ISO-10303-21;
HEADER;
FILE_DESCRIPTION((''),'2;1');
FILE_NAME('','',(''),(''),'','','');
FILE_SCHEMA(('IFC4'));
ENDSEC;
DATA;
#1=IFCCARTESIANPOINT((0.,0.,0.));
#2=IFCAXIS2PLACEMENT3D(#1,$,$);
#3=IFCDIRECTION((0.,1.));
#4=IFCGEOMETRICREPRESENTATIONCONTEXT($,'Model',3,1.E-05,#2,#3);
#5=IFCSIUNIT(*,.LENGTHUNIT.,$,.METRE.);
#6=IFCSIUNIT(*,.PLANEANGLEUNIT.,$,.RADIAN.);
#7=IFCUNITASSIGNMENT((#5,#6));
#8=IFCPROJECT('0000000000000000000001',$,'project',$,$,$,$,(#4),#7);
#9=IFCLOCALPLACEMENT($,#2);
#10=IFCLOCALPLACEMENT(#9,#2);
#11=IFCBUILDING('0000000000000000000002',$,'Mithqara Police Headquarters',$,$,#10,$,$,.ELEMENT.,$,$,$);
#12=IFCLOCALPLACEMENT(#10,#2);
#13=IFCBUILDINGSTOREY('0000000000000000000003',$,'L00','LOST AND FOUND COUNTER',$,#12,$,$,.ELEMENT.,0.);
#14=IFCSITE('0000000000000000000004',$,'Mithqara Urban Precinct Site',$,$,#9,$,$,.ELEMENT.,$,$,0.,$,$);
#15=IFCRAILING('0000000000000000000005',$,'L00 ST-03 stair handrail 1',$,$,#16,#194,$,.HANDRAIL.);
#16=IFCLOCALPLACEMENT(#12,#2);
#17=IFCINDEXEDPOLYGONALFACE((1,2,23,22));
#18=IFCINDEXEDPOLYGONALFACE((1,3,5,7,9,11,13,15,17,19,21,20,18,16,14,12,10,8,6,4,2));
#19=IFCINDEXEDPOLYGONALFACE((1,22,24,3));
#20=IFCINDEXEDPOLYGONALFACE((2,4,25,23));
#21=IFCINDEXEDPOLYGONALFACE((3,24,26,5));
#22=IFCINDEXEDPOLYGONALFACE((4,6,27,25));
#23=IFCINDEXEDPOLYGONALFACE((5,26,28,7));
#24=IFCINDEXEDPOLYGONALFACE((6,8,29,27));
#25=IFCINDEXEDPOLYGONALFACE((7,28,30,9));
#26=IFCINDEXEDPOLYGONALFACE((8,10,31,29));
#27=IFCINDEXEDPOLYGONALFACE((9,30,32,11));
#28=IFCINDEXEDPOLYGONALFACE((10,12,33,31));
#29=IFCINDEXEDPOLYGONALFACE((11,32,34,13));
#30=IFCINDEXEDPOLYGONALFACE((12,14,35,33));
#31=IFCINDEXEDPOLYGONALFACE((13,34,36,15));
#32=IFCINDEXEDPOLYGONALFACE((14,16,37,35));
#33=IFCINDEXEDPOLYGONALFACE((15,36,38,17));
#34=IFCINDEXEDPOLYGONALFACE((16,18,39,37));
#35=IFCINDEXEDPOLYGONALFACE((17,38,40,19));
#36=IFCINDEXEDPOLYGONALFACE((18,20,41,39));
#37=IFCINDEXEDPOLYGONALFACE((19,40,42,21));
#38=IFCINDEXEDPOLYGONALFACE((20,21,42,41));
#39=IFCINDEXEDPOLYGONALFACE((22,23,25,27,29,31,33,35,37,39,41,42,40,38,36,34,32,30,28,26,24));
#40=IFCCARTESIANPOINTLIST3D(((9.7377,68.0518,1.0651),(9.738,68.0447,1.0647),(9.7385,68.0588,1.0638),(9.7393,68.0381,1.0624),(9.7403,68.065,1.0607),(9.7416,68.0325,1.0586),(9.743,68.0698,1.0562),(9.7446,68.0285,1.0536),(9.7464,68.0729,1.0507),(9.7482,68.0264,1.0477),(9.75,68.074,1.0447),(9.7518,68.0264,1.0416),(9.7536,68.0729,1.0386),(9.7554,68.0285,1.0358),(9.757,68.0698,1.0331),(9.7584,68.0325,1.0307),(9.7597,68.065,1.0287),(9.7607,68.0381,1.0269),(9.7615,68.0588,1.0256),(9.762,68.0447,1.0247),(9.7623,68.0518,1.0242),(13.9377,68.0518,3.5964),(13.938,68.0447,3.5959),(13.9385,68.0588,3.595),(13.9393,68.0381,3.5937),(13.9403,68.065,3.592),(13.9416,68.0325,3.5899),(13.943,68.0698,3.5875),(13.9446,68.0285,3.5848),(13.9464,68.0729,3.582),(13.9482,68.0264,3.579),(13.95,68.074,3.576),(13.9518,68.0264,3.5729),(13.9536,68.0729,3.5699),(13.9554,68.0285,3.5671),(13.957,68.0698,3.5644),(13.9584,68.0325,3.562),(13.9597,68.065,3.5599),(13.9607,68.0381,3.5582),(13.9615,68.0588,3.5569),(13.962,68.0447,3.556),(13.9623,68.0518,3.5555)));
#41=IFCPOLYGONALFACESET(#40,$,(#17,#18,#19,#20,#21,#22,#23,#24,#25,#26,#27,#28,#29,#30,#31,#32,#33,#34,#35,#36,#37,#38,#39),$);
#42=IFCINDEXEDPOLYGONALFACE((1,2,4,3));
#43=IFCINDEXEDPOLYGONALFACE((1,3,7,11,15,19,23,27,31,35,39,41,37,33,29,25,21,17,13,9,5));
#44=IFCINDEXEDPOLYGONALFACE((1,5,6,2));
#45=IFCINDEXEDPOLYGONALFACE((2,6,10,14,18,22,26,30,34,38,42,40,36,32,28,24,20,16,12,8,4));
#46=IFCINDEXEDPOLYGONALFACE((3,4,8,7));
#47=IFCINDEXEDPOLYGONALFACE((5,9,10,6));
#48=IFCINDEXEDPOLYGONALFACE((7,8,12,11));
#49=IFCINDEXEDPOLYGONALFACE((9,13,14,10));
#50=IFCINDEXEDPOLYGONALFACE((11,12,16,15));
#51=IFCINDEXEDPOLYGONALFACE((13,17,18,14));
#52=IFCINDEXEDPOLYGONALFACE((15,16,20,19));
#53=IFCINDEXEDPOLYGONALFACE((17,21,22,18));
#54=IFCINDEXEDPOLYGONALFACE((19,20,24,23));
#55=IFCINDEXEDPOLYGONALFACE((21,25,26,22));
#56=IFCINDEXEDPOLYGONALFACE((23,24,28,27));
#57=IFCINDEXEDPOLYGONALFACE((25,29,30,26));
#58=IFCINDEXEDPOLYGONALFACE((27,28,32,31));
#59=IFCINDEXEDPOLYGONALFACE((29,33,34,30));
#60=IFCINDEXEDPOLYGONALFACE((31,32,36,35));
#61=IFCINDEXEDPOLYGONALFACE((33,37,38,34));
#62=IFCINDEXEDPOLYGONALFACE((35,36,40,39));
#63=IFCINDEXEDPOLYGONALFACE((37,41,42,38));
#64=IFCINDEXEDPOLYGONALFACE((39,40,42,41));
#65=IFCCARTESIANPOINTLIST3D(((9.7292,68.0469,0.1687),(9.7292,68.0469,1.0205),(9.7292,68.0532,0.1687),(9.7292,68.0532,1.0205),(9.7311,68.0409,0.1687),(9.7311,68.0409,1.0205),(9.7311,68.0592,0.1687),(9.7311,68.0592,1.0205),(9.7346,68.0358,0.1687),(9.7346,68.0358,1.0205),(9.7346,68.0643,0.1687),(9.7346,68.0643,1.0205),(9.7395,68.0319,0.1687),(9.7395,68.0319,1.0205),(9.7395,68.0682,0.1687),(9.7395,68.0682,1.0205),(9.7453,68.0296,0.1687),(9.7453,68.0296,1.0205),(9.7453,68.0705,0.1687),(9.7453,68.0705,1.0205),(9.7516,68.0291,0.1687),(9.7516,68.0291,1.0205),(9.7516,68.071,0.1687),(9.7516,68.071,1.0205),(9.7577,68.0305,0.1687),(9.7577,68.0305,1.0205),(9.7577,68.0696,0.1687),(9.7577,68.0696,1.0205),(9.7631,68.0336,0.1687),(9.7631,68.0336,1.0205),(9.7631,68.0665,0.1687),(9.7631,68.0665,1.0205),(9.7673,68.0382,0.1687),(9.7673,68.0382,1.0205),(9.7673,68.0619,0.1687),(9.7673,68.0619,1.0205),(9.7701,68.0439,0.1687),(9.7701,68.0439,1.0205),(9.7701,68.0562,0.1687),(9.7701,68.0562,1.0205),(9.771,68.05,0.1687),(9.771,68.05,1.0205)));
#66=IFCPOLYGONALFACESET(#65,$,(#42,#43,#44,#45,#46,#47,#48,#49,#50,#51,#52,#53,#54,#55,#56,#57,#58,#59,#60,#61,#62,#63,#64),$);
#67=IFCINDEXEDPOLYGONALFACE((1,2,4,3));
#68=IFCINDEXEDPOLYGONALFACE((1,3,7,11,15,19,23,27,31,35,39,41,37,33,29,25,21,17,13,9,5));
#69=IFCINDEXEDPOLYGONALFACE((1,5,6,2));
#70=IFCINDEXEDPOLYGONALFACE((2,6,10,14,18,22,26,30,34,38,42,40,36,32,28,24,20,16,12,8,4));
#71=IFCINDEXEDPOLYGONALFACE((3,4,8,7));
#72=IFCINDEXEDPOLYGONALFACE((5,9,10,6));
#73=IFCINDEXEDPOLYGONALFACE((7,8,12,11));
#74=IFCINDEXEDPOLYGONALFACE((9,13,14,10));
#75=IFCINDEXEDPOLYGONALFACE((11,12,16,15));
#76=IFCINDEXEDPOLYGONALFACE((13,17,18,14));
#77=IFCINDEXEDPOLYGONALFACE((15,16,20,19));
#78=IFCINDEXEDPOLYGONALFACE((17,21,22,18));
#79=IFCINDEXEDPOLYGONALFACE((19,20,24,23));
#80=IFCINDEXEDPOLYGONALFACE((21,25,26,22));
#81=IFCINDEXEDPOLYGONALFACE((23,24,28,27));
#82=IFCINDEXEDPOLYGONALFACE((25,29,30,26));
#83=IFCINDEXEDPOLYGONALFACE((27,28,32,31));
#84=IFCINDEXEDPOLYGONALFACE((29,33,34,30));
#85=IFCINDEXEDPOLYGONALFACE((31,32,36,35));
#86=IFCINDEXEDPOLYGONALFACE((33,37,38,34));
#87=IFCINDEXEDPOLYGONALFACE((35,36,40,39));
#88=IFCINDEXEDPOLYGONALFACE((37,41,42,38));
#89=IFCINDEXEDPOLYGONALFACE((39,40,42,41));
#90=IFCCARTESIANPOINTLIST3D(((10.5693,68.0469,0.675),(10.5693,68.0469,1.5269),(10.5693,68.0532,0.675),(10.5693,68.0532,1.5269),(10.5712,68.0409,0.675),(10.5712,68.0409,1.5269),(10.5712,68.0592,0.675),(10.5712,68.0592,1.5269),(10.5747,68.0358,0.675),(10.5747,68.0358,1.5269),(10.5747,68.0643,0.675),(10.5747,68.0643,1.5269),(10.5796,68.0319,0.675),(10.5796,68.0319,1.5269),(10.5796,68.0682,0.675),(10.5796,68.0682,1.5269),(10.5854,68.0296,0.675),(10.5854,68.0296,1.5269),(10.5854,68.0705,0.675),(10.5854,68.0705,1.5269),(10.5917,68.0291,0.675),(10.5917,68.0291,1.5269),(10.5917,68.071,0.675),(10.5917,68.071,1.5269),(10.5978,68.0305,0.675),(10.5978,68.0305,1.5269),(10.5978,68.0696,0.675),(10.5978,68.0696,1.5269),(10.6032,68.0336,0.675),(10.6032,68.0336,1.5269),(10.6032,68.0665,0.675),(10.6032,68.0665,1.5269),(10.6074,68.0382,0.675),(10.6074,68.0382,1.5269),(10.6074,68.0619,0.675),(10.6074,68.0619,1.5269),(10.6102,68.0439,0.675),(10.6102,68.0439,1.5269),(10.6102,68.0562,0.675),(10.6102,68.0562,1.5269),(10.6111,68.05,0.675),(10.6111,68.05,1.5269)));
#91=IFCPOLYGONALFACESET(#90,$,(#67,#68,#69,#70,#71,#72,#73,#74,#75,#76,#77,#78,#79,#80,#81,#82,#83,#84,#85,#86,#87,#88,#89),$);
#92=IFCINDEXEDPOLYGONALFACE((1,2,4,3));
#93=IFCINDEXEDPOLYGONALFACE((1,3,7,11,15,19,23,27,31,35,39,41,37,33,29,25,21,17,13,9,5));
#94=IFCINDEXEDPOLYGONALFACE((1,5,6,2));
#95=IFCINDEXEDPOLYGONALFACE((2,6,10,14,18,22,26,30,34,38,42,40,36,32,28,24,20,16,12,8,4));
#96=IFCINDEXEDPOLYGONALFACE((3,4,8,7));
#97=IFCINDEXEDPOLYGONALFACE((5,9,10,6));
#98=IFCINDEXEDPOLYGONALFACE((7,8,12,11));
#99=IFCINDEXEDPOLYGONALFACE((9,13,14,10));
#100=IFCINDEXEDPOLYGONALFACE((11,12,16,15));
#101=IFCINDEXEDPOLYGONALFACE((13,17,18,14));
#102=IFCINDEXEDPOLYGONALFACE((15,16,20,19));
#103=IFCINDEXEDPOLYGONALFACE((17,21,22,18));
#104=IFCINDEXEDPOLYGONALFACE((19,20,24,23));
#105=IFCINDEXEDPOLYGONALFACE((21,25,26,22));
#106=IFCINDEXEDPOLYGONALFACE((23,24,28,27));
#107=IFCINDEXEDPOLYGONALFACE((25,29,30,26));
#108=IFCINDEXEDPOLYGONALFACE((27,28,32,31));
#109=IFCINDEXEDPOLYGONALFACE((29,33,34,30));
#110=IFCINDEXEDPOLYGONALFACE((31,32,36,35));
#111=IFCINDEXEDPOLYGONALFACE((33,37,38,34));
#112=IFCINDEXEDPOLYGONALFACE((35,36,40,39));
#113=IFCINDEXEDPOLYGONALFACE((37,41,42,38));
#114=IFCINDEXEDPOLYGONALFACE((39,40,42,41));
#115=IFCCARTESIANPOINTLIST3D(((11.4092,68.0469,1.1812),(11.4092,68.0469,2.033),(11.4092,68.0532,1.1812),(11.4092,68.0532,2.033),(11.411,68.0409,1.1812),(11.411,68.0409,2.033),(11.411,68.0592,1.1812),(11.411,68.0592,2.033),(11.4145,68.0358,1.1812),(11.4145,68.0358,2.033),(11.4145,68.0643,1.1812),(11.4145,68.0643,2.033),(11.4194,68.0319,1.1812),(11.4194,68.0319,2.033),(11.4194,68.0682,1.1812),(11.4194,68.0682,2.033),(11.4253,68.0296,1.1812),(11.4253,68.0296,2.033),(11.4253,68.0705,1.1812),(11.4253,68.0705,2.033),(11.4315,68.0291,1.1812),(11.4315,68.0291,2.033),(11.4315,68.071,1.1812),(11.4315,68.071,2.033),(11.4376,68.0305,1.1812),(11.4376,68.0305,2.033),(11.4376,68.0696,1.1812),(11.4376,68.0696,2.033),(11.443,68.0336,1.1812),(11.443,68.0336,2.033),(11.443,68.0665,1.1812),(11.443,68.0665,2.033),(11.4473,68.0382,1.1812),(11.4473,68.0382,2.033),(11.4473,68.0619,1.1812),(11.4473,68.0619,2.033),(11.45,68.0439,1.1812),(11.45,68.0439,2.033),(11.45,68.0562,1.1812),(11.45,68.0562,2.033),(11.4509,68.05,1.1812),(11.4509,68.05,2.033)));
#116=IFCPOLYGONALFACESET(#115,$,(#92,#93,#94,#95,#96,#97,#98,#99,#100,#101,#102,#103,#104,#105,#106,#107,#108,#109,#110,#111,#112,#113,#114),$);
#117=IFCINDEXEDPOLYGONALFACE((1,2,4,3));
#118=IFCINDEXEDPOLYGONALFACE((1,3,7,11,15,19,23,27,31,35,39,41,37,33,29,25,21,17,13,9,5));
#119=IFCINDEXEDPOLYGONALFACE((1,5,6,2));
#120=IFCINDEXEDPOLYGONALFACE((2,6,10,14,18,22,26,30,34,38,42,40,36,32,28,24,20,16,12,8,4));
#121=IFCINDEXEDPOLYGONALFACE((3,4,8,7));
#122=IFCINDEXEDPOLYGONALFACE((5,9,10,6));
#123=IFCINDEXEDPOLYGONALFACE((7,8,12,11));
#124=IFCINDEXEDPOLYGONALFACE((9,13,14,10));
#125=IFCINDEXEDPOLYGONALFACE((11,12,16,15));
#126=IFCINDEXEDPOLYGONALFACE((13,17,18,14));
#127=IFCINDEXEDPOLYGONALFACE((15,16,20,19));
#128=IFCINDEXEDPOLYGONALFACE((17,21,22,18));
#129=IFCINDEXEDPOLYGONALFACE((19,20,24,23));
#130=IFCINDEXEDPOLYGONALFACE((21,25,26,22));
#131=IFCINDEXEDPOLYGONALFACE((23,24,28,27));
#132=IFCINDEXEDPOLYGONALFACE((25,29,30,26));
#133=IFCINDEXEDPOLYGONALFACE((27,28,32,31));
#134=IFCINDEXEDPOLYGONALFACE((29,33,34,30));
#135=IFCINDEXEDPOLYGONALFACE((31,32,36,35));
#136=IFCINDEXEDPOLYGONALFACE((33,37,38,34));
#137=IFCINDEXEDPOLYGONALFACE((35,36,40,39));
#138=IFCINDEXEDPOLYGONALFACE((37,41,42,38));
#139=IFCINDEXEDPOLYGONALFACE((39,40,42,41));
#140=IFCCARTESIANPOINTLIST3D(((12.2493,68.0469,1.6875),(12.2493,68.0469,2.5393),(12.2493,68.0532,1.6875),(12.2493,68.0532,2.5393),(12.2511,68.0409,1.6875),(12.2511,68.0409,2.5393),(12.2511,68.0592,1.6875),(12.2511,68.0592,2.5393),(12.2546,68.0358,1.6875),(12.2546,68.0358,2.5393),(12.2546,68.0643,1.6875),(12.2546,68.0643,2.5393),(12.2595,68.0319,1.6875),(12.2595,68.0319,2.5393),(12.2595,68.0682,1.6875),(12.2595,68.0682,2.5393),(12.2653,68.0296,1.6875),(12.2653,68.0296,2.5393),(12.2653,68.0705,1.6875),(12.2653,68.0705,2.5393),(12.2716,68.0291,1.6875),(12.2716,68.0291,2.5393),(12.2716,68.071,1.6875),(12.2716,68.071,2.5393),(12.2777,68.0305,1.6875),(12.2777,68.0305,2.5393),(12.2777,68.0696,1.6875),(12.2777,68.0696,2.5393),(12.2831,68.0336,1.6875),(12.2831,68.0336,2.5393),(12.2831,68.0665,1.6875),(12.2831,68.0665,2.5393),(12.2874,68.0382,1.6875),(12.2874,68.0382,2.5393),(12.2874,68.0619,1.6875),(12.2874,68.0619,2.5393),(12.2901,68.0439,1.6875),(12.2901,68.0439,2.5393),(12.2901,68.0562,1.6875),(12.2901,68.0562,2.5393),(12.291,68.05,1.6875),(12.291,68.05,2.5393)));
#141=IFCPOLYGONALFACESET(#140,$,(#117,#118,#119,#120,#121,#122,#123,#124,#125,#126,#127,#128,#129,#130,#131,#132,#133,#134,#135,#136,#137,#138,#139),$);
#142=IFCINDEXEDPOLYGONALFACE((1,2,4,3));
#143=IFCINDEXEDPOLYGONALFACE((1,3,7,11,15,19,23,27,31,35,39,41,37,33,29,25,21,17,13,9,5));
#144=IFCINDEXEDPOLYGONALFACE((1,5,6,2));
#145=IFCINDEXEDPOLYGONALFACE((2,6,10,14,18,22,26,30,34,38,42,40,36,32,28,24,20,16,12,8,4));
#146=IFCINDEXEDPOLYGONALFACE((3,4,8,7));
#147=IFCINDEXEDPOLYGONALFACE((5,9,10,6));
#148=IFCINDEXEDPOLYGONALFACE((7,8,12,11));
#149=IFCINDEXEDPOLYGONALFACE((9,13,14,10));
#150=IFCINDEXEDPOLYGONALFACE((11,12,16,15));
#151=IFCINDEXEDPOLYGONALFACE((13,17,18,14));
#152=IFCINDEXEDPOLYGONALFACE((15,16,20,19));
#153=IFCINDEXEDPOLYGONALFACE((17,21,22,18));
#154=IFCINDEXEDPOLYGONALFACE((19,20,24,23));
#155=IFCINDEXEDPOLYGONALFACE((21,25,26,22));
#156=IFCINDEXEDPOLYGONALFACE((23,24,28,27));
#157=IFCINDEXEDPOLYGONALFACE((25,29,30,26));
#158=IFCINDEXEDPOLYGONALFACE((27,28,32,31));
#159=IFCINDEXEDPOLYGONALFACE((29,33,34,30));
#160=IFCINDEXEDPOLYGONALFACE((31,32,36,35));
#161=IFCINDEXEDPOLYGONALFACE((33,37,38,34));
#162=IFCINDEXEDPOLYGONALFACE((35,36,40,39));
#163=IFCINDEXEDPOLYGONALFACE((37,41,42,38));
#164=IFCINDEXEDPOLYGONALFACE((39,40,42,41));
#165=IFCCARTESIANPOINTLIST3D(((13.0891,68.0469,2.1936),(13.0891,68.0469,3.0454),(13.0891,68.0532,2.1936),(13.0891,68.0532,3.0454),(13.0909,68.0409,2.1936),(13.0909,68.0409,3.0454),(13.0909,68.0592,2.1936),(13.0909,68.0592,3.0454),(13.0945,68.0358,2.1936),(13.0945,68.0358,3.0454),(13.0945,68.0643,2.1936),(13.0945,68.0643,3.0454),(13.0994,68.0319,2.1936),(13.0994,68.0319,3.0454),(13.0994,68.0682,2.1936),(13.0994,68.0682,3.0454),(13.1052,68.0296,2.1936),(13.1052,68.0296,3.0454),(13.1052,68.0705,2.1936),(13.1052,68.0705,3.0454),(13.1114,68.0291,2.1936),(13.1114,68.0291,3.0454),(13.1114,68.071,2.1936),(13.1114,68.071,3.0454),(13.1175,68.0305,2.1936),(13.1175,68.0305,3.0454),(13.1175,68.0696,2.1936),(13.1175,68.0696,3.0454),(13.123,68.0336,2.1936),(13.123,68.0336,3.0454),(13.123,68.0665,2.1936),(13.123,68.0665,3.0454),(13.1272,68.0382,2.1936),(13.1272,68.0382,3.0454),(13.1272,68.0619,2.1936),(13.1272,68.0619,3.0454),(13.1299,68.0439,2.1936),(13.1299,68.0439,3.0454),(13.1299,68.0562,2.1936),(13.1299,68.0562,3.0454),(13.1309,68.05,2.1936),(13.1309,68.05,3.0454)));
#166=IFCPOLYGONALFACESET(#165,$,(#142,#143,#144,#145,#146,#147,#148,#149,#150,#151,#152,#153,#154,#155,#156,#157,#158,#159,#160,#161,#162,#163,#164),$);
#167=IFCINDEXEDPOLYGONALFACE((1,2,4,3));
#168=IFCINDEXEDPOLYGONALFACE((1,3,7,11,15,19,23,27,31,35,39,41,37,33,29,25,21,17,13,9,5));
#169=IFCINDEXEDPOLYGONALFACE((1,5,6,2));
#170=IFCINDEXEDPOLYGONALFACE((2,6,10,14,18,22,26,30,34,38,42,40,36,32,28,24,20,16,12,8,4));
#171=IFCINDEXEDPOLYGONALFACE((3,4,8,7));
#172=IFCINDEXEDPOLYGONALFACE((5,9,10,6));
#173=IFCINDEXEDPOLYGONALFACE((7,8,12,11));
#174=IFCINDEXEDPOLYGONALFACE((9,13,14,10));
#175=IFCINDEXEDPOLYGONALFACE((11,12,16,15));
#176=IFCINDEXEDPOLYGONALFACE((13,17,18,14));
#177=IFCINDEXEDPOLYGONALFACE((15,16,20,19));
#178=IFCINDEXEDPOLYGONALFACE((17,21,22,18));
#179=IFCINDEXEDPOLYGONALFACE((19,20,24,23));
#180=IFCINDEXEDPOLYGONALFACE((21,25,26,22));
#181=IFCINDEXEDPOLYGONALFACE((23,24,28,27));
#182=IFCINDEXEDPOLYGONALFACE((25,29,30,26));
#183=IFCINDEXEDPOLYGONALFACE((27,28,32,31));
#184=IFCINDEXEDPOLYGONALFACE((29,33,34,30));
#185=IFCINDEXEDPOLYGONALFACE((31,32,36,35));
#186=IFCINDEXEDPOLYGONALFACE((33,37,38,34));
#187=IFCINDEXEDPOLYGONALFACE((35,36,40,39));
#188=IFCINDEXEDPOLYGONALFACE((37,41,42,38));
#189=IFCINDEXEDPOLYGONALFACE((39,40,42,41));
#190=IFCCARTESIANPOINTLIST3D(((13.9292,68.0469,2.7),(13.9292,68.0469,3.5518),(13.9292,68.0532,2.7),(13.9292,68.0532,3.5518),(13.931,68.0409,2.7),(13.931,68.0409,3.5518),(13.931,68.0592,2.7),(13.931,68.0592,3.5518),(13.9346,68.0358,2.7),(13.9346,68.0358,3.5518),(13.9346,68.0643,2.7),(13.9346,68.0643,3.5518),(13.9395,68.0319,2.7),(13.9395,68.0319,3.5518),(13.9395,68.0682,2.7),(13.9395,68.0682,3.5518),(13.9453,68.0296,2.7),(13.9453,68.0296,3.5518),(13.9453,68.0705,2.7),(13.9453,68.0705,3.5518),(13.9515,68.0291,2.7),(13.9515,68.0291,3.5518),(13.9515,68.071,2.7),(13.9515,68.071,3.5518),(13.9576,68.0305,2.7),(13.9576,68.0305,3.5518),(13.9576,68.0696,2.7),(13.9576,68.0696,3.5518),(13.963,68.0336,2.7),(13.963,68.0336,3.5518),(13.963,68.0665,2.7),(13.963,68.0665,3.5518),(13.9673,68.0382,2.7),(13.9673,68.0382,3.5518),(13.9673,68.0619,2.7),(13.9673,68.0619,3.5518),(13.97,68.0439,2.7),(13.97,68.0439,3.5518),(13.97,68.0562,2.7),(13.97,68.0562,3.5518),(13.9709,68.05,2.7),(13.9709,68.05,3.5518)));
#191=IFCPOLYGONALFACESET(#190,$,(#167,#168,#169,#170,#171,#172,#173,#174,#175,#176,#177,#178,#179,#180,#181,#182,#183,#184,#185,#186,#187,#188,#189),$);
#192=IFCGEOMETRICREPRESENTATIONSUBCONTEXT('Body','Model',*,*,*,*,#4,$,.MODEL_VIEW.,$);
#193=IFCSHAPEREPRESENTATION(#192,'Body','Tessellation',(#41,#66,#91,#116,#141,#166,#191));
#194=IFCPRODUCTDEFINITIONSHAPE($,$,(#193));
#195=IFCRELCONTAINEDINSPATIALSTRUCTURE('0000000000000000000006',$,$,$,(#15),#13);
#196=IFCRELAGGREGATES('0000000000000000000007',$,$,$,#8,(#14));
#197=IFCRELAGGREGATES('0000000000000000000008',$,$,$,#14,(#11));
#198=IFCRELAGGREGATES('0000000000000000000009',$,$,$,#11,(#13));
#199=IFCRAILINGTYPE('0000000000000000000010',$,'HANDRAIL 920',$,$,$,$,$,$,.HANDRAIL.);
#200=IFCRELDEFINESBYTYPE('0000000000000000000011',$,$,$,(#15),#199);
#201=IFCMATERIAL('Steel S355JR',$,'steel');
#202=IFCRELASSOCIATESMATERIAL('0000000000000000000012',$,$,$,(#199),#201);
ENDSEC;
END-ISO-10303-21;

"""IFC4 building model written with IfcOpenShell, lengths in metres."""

from ifc_helpers import new_model, si_unit, direction, frame, origin, origin_2d, place, context, subcontext, project, spatial, circle, extrude, material, type_object, element, save


model = new_model("IFC4")

# Units and contexts
model_context = context("Model", 3, precision=1e-05, world=origin(), true_north=direction((0.0, 1.0)))
body_context = subcontext(model_context, "Body", "Model", "MODEL_VIEW")
ifc_project = project(units=[si_unit("LENGTHUNIT", "METRE"), si_unit("PLANEANGLEUNIT", "RADIAN")], contexts=[model_context])

# Site, building, storey
site_placement = place(None, origin())
site = spatial("IfcSite", under=ifc_project, at=site_placement, Name="Mithqara Urban Precinct Site", CompositionType="ELEMENT", RefElevation=0.0)
building_placement = place(site_placement, origin())
building = spatial("IfcBuilding", under=site, at=building_placement, Name="Mithqara Police Headquarters", CompositionType="ELEMENT")
storey_placement = place(building_placement, origin())
storey = spatial("IfcBuildingStorey", under=building, at=storey_placement, Name="L00", Description="LOST AND FOUND COUNTER", CompositionType="ELEMENT", Elevation=0.0)

# Shared definitions
ifc_material_1 = material(Name="Steel S355JR", Category="steel")

# Railing
railing_type_1 = type_object("IfcRailingType", Name="HANDRAIL 920", PredefinedType="HANDRAIL", material=ifc_material_1)
railing_1_placement = place(storey_placement, frame((9.75, 68.05, 0.1687)))
element("IfcRailing", 1, at=railing_1_placement, inside=storey, type_object=railing_type_1, Name="L00 ST-03 stair handrail 1", PredefinedType="HANDRAIL", context=body_context, shape_type="SweptSolid", body=[
    extrude(circle(Radius=0.0239, at=origin_2d()), frame((0.0, 0.0, 0.876), z_axis=(0.856476, 0.0, 0.516186), x_axis=(0.0, 1.0, 0.0)), (0.0, 0.0, 1.0), 4.9038),
    extrude(circle(Radius=0.021, at=origin_2d()), origin(), (0.0, 0.0, 1.0), 0.8518),
    extrude(circle(Radius=0.021, at=origin_2d()), frame((0.8401, 0.0, 0.5063)), (0.0, 0.0, 1.0), 0.8518),
    extrude(circle(Radius=0.021, at=origin_2d()), frame((1.6799, 0.0, 1.0125)), (0.0, 0.0, 1.0), 0.8518),
    extrude(circle(Radius=0.021, at=origin_2d()), frame((2.52, 0.0, 1.5188)), (0.0, 0.0, 1.0), 0.8518),
    extrude(circle(Radius=0.021, at=origin_2d()), frame((3.3599, 0.0, 2.0249)), (0.0, 0.0, 1.0), 0.8518),
    extrude(circle(Radius=0.021, at=origin_2d()), frame((4.2, 0.0, 2.5312)), (0.0, 0.0, 1.0), 0.8518),
])

save(model, "model.ifc")
